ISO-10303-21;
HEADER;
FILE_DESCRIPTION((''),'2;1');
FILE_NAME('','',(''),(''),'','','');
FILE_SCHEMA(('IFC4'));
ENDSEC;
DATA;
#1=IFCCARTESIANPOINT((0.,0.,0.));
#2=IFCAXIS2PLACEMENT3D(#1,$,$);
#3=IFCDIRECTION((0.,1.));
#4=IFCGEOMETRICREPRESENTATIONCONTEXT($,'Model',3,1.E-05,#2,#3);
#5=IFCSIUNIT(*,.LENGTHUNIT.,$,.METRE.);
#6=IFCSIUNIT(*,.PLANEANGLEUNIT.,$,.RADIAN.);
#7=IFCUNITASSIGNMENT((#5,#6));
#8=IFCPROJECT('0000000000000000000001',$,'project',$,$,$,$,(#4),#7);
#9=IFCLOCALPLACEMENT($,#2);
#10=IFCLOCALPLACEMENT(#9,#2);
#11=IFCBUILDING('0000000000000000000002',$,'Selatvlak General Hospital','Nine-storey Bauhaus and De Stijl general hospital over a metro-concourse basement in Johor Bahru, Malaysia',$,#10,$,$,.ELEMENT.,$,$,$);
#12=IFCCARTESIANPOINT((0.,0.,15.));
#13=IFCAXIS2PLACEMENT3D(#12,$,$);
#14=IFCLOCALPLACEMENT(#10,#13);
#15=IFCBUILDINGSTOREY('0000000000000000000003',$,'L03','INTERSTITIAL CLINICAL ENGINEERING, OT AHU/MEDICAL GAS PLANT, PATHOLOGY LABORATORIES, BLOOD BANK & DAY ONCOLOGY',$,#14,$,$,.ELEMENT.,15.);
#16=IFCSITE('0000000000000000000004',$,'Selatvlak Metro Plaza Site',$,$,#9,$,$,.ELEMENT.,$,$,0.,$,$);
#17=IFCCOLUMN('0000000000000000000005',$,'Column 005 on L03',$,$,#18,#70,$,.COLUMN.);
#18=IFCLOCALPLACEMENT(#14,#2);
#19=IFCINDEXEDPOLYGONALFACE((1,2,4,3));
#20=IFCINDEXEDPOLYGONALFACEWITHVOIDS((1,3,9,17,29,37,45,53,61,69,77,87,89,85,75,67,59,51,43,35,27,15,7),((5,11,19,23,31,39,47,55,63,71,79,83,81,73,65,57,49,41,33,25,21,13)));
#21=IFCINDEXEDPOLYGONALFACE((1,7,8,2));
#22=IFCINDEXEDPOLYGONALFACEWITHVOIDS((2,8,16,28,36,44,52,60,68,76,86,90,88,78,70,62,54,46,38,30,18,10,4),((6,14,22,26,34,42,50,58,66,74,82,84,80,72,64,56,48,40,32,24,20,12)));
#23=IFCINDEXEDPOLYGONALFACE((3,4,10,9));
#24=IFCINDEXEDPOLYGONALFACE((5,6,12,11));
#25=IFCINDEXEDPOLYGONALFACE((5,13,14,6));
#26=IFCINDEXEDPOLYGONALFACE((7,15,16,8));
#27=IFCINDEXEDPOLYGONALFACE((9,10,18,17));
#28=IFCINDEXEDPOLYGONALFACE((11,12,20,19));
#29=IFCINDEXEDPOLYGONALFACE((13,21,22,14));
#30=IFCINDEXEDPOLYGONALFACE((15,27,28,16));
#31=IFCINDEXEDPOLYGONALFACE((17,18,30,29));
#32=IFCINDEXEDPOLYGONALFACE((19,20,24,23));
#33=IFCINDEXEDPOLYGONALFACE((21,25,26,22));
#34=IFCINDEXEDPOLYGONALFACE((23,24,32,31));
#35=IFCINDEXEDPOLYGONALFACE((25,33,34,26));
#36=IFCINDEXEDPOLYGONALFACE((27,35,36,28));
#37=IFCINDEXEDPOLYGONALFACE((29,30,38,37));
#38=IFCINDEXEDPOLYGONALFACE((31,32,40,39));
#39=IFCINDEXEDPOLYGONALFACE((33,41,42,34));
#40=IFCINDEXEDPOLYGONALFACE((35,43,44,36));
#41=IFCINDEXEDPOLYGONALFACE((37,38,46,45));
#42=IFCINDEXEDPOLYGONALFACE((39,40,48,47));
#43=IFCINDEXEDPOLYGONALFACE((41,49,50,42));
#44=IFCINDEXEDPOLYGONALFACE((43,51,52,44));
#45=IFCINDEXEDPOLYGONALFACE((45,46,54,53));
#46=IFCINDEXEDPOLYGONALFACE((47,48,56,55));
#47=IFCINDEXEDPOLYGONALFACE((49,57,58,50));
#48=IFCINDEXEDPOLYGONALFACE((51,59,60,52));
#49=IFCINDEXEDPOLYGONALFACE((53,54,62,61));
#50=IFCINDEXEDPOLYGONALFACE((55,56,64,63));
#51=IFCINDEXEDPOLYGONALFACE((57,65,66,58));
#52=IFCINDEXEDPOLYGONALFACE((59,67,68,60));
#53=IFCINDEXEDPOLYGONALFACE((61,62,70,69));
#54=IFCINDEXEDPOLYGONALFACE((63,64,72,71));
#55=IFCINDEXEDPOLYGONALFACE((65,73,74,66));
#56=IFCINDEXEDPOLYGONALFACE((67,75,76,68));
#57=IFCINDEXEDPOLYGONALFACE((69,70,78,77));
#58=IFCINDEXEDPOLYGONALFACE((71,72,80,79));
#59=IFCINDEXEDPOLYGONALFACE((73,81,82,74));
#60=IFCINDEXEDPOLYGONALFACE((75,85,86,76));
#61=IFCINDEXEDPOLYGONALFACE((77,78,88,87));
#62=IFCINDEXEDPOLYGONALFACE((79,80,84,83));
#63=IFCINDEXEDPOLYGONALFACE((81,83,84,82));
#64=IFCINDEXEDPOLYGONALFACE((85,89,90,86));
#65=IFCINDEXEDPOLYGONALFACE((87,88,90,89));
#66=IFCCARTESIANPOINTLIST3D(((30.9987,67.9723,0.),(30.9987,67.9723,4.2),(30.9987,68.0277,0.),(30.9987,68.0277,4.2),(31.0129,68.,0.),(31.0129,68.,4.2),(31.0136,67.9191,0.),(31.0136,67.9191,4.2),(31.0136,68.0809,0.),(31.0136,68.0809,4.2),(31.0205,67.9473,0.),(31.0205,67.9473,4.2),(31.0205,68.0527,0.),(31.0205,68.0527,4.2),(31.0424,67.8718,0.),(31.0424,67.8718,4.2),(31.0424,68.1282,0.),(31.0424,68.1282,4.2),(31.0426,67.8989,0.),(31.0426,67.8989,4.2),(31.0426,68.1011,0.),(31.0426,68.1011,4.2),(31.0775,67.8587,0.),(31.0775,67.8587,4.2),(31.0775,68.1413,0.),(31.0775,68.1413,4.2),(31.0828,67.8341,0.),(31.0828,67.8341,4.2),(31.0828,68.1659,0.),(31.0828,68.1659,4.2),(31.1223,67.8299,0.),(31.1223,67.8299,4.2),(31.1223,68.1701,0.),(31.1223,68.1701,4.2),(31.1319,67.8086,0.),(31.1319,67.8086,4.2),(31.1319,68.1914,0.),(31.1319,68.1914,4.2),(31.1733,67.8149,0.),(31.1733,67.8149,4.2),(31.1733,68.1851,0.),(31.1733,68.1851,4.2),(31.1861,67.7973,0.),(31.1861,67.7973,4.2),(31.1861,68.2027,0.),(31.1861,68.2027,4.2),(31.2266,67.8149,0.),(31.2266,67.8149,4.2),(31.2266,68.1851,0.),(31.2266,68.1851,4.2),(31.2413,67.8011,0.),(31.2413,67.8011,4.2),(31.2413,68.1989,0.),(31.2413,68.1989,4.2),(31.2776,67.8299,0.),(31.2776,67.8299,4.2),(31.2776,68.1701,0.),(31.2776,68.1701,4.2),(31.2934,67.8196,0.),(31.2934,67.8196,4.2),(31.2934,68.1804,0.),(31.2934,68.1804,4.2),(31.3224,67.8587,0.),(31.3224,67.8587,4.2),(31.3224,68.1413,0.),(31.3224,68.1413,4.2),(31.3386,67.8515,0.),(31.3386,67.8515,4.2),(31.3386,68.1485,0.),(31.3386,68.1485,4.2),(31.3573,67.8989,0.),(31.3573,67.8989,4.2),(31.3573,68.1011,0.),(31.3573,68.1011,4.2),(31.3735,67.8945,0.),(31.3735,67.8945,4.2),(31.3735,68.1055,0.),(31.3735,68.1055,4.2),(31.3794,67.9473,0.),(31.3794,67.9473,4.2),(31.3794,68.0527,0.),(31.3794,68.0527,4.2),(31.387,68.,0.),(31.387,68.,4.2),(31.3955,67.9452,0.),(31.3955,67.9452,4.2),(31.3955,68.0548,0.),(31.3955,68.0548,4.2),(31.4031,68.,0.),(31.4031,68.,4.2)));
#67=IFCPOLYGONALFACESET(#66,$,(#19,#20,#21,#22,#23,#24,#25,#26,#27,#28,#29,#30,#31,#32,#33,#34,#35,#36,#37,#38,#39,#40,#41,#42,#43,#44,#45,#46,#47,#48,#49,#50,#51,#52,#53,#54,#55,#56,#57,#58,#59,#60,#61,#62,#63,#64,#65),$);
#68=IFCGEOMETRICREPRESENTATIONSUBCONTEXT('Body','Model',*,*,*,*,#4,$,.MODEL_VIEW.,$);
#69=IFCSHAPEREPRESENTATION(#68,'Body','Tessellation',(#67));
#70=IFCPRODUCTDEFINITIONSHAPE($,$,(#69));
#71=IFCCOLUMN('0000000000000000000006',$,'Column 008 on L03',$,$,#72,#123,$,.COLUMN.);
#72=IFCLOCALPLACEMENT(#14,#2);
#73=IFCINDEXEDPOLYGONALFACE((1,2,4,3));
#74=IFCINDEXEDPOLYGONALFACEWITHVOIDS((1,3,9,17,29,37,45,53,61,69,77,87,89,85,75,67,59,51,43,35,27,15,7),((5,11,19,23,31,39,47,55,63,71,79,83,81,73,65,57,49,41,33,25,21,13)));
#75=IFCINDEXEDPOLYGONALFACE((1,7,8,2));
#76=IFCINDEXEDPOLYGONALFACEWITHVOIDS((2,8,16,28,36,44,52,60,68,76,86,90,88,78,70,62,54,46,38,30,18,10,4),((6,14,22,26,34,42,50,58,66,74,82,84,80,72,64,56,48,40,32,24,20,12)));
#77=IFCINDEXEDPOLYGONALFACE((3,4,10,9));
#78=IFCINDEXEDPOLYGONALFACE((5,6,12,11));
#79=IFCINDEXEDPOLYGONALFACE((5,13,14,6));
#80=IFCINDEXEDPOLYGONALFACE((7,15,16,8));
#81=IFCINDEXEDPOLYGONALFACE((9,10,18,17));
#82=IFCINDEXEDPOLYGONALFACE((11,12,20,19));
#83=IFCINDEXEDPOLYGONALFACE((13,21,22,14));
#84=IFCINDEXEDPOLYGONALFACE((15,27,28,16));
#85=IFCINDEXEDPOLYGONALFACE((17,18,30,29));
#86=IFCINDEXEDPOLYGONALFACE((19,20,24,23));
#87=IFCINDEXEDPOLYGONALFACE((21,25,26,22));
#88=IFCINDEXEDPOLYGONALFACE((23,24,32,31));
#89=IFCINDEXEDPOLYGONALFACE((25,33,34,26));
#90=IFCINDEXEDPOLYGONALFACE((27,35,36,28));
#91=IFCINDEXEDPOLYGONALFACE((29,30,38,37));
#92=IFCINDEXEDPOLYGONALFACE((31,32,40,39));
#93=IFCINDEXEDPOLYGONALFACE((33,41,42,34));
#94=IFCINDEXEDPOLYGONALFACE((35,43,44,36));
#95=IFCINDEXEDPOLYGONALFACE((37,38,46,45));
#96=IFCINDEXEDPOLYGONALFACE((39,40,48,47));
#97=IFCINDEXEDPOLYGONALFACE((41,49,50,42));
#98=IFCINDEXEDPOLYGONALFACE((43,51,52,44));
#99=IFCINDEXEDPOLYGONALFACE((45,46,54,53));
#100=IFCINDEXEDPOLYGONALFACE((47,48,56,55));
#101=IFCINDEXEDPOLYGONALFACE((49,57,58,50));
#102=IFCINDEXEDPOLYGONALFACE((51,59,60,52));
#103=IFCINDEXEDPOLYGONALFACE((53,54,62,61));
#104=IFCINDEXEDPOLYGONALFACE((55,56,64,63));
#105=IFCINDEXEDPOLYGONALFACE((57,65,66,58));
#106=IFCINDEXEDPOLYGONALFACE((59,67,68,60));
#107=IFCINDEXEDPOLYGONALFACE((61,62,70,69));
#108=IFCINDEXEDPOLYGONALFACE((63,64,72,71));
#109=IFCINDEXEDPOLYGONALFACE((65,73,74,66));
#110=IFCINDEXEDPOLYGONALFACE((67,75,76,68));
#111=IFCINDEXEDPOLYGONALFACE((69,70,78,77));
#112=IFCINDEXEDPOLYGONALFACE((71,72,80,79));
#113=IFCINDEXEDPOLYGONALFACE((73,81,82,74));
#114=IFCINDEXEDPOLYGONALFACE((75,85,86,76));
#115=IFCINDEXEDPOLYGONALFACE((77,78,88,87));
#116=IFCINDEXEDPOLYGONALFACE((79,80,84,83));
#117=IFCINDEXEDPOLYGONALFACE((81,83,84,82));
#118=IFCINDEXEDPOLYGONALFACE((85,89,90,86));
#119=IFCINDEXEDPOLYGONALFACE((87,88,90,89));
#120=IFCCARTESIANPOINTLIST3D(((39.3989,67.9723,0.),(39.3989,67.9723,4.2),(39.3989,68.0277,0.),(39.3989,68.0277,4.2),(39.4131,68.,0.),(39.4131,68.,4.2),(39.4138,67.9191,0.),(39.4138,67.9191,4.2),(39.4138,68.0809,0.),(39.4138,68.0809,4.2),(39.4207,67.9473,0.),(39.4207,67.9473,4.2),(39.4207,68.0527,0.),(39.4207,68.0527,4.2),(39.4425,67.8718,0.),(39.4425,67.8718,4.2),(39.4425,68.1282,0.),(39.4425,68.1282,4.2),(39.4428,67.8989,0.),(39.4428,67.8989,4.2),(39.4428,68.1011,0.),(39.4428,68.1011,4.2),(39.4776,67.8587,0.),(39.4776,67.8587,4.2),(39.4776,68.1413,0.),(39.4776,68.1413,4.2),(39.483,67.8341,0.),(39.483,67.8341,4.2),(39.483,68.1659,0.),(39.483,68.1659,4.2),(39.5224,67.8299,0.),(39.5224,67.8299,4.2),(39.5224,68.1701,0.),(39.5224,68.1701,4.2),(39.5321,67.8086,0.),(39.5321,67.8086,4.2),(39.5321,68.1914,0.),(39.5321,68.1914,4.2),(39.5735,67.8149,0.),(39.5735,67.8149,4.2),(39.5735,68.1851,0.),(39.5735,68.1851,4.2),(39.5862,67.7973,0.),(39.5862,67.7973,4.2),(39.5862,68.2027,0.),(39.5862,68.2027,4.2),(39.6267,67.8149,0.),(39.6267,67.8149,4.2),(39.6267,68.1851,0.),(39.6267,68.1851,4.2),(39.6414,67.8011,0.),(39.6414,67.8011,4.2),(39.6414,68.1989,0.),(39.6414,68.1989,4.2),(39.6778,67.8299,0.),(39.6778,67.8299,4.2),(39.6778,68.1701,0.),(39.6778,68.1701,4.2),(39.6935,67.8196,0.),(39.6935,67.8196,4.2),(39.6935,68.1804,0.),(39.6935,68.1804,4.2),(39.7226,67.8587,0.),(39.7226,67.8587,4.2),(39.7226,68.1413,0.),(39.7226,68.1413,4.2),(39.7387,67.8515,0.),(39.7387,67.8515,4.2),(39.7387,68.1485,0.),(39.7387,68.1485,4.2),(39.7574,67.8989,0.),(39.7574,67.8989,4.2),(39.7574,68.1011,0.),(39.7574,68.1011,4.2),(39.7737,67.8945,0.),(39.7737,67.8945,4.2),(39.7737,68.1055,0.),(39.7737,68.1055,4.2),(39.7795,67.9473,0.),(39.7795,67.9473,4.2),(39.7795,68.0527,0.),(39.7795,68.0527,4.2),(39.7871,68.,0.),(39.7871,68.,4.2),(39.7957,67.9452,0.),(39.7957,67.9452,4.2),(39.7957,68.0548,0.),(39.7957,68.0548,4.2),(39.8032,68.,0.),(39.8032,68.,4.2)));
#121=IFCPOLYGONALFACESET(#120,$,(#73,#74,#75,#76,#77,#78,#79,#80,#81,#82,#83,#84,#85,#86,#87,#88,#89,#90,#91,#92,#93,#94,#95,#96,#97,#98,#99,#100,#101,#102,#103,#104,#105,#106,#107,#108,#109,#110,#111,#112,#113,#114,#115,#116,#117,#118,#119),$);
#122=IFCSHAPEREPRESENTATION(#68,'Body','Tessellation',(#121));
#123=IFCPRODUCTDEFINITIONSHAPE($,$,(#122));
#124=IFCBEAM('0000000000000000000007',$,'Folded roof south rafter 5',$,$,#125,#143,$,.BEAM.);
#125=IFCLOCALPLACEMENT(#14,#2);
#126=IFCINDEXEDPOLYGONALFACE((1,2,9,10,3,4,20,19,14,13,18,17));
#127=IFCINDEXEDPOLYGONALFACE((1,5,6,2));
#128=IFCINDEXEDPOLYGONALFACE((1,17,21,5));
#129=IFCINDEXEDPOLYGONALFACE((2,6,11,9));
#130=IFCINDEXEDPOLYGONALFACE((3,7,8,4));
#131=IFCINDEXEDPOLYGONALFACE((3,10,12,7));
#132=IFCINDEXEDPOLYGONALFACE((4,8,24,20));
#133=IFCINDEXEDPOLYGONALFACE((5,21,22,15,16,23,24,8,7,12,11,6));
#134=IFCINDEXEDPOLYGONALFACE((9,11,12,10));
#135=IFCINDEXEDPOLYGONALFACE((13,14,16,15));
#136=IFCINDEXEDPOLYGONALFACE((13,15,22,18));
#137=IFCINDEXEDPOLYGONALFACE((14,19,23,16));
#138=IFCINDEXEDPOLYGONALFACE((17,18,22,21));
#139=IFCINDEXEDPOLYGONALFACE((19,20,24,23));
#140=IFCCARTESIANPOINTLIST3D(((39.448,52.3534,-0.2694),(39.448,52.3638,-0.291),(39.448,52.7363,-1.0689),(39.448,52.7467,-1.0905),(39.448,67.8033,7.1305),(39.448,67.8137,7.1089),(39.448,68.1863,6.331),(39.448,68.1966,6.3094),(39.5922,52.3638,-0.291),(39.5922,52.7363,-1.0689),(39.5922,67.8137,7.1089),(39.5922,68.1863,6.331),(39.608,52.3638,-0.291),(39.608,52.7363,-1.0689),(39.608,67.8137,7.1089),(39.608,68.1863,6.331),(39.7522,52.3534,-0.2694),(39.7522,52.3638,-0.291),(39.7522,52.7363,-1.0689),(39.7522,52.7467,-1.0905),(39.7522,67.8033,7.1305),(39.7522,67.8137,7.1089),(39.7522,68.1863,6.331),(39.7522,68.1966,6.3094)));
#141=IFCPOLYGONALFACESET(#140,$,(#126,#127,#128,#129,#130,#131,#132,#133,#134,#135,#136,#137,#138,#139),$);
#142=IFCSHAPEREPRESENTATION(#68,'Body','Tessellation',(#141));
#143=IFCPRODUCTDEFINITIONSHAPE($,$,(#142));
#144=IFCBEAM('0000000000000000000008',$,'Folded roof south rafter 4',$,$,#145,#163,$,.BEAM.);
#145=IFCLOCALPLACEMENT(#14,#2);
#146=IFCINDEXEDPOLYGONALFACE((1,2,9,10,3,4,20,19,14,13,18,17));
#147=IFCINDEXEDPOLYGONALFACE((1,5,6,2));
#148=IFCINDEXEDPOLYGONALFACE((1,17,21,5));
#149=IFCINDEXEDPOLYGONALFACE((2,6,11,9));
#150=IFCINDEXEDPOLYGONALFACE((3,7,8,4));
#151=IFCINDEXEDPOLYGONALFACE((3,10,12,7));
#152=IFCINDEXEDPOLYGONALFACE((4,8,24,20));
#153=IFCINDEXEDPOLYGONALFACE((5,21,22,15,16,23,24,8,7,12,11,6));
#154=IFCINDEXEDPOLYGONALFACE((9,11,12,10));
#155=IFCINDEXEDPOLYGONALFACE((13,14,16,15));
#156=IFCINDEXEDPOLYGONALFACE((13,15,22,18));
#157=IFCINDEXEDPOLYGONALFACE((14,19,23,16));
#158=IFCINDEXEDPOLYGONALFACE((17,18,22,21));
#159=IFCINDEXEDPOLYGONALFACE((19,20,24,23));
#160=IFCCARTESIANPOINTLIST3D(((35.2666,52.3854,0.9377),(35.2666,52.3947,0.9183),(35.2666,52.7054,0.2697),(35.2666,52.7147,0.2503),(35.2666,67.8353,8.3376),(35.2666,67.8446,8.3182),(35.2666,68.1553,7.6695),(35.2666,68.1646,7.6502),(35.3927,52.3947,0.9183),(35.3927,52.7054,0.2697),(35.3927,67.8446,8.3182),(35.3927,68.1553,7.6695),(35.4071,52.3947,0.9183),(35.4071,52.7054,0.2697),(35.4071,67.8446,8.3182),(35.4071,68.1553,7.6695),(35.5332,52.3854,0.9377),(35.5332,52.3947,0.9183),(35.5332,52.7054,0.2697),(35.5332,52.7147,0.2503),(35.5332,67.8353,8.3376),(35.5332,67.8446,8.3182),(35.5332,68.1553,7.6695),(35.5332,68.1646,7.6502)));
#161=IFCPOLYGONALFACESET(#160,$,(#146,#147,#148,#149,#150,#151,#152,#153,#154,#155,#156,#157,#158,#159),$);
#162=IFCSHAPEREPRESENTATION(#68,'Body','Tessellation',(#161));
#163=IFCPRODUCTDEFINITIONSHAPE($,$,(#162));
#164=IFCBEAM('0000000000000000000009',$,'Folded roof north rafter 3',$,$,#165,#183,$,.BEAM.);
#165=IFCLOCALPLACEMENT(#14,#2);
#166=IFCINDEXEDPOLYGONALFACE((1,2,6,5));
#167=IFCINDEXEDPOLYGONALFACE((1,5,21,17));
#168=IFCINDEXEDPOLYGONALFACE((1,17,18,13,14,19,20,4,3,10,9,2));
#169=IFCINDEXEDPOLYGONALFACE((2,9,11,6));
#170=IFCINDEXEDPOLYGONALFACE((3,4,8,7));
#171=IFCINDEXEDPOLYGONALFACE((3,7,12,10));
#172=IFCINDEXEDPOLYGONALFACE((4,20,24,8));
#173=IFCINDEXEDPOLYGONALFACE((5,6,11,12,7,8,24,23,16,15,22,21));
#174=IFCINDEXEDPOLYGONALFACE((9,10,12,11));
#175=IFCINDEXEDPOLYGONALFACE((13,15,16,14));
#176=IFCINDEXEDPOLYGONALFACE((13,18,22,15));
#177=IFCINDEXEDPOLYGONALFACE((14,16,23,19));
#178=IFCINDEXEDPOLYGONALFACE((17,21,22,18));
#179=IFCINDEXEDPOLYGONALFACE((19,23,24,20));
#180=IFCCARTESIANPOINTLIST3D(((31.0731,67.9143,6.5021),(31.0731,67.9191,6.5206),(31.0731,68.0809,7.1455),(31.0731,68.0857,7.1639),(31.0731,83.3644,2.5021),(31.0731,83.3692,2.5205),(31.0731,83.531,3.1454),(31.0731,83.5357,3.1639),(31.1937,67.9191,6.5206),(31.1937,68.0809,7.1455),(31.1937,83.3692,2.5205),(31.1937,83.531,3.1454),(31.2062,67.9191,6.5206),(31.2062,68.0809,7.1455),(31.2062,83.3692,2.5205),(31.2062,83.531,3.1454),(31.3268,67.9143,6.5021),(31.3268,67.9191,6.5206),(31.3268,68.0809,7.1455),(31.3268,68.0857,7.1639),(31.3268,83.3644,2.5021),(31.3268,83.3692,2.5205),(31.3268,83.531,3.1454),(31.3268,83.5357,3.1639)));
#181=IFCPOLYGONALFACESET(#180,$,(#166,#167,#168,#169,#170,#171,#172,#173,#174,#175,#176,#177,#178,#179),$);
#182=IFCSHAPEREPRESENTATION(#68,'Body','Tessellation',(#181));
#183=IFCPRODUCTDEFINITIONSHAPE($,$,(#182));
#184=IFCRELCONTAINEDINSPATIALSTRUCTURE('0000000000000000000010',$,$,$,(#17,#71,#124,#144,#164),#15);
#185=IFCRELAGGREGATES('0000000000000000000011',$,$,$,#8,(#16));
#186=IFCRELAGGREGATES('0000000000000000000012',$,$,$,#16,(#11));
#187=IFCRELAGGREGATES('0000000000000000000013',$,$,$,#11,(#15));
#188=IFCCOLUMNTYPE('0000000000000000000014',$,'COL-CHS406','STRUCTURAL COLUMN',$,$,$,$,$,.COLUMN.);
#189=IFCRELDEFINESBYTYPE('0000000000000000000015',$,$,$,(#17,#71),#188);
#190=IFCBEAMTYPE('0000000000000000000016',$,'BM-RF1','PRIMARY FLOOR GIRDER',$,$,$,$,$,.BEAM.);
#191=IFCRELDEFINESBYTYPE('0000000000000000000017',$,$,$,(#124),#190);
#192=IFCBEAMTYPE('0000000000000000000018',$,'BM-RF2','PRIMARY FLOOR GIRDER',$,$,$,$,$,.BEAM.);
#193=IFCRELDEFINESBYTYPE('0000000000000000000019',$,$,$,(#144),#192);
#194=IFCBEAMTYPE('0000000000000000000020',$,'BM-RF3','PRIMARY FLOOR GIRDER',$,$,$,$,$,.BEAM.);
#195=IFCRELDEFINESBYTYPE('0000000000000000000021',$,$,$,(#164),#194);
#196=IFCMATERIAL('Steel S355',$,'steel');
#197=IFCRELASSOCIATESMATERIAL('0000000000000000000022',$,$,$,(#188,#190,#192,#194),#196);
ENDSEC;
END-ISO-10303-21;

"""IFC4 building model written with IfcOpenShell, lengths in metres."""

from ifc_helpers import new_model, si_unit, direction, frame, origin, origin_2d, place, context, subcontext, project, spatial, hollow_circle, i_section, extrude, material, material_profile, profile_set, type_object, element, save


model = new_model("IFC4")

# Units and contexts
model_context = context("Model", 3, precision=1e-05, world=origin(), true_north=direction((0.0, 1.0)))
body_context = subcontext(model_context, "Body", "Model", "MODEL_VIEW")
ifc_project = project(units=[si_unit("LENGTHUNIT", "METRE"), si_unit("PLANEANGLEUNIT", "RADIAN")], contexts=[model_context])

# Site, building, storey
site_placement = place(None, origin())
site = spatial("IfcSite", under=ifc_project, at=site_placement, Name="Selatvlak Metro Plaza Site", CompositionType="ELEMENT", RefElevation=0.0)
building_placement = place(site_placement, origin())
building = spatial("IfcBuilding", under=site, at=building_placement, Name="Selatvlak General Hospital", Description="Nine-storey Bauhaus and De Stijl general hospital over a metro-concourse basement in Johor Bahru, Malaysia", CompositionType="ELEMENT")
storey_placement = place(building_placement, frame((0.0, 0.0, 15.0)))
storey = spatial("IfcBuildingStorey", under=building, at=storey_placement, Name="L03", Description="INTERSTITIAL CLINICAL ENGINEERING, OT AHU/MEDICAL GAS PLANT, PATHOLOGY LABORATORIES, BLOOD BANK & DAY ONCOLOGY", CompositionType="ELEMENT", Elevation=15.0)

# Columns
ifc_material = material(Name="Steel S355", Category="steel")
ifc_material_profile_1 = material_profile(ifc_material, hollow_circle(Radius=0.2031, WallThickness=0.0161, at=origin_2d()), Name="CHS 406.4x16")
ifc_profile_set_1 = profile_set([ifc_material_profile_1], Name="Steel S355")
column_type = type_object("IfcColumnType", Name="COL-CHS406", Description="STRUCTURAL COLUMN", PredefinedType="COLUMN", material=ifc_profile_set_1)
for number, where, z_axis, x_axis, name in (
    (1, (31.2, 68.0, 0.0), (0.0, 0.0, 1.0), (1.0, 0.0, 0.0), "Column 005 on L03"),
    (2, (39.6001, 68.0, 0.0), (0.0, 0.0, 1.0), (1.0, 0.0, 0.0), "Column 008 on L03"),
):
    element("IfcColumn", number, at=place(storey_placement, frame(where, z_axis=z_axis, x_axis=x_axis)), inside=storey, type_object=column_type, Name=name, PredefinedType="COLUMN", context=body_context, shape_type="SweptSolid", body=[
        extrude(hollow_circle(Radius=0.2031, WallThickness=0.0161, at=origin_2d()), origin(), (0.0, 0.0, 1.0), 4.2),
    ])

# Beams
ifc_material_profile_2 = material_profile(ifc_material, i_section(OverallWidth=0.3042, OverallDepth=0.9104, WebThickness=0.0159, FlangeThickness=0.0239, at=origin_2d()), Name="UB 914x305x224")
ifc_profile_set_2 = profile_set([ifc_material_profile_2], Name="Steel S355")
beam_type_1 = type_object("IfcBeamType", Name="BM-RF1", Description="PRIMARY FLOOR GIRDER", PredefinedType="BEAM", material=ifc_profile_set_2)
beam_1_placement = place(storey_placement, frame((39.6001, 52.55, -0.6799), z_axis=(0.0, 0.901889, 0.431968), x_axis=(-1.0, 0.0, 0.0)))
element("IfcBeam", 3, at=beam_1_placement, inside=storey, type_object=beam_type_1, Name="Folded roof south rafter 5", PredefinedType="BEAM", context=body_context, shape_type="SweptSolid", body=[
    extrude(i_section(OverallWidth=0.3042, OverallDepth=0.9104, WebThickness=0.0159, FlangeThickness=0.0239, at=origin_2d()), origin(), (0.0, 0.0, 1.0), 17.1306),
])
ifc_material_profile_3 = material_profile(ifc_material, i_section(OverallWidth=0.2666, OverallDepth=0.7622, WebThickness=0.0144, FlangeThickness=0.0215, at=origin_2d()), Name="UB 762x267x173")
ifc_profile_set_3 = profile_set([ifc_material_profile_3], Name="Steel S355")
beam_type_2 = type_object("IfcBeamType", Name="BM-RF2", Description="PRIMARY FLOOR GIRDER", PredefinedType="BEAM", material=ifc_profile_set_3)
beam_2_placement = place(storey_placement, frame((35.3999, 52.55, 0.594), z_axis=(0.0, 0.901889, 0.431968), x_axis=(-1.0, 0.0, 0.0)))
element("IfcBeam", 4, at=beam_2_placement, inside=storey, type_object=beam_type_2, Name="Folded roof south rafter 4", PredefinedType="BEAM", context=body_context, shape_type="SweptSolid", body=[
    extrude(i_section(OverallWidth=0.2666, OverallDepth=0.7622, WebThickness=0.0144, FlangeThickness=0.0215, at=origin_2d()), origin(), (0.0, 0.0, 1.0), 17.1306),
])
ifc_material_profile_4 = material_profile(ifc_material, i_section(OverallWidth=0.2537, OverallDepth=0.6836, WebThickness=0.0125, FlangeThickness=0.019, at=origin_2d()), Name="UB 686x254x140")
ifc_profile_set_4 = profile_set([ifc_material_profile_4], Name="Steel S355")
beam_type_3 = type_object("IfcBeamType", Name="BM-RF3", Description="PRIMARY FLOOR GIRDER", PredefinedType="BEAM", material=ifc_profile_set_4)
for number, where, z_axis, x_axis, name in (
    (5, (31.2, 68.0, 6.833), (0.0, 0.968081, -0.250637), (-1.0, 0.0, 0.0), "Folded roof north rafter 3"),
):
    element("IfcBeam", number, at=place(storey_placement, frame(where, z_axis=z_axis, x_axis=x_axis)), inside=storey, type_object=beam_type_3, Name=name, PredefinedType="BEAM", context=body_context, shape_type="SweptSolid", body=[
        extrude(i_section(OverallWidth=0.2537, OverallDepth=0.6836, WebThickness=0.0125, FlangeThickness=0.019, at=origin_2d()), origin(), (0.0, 0.0, 1.0), 15.9595),
    ])

save(model, "model.ifc")
